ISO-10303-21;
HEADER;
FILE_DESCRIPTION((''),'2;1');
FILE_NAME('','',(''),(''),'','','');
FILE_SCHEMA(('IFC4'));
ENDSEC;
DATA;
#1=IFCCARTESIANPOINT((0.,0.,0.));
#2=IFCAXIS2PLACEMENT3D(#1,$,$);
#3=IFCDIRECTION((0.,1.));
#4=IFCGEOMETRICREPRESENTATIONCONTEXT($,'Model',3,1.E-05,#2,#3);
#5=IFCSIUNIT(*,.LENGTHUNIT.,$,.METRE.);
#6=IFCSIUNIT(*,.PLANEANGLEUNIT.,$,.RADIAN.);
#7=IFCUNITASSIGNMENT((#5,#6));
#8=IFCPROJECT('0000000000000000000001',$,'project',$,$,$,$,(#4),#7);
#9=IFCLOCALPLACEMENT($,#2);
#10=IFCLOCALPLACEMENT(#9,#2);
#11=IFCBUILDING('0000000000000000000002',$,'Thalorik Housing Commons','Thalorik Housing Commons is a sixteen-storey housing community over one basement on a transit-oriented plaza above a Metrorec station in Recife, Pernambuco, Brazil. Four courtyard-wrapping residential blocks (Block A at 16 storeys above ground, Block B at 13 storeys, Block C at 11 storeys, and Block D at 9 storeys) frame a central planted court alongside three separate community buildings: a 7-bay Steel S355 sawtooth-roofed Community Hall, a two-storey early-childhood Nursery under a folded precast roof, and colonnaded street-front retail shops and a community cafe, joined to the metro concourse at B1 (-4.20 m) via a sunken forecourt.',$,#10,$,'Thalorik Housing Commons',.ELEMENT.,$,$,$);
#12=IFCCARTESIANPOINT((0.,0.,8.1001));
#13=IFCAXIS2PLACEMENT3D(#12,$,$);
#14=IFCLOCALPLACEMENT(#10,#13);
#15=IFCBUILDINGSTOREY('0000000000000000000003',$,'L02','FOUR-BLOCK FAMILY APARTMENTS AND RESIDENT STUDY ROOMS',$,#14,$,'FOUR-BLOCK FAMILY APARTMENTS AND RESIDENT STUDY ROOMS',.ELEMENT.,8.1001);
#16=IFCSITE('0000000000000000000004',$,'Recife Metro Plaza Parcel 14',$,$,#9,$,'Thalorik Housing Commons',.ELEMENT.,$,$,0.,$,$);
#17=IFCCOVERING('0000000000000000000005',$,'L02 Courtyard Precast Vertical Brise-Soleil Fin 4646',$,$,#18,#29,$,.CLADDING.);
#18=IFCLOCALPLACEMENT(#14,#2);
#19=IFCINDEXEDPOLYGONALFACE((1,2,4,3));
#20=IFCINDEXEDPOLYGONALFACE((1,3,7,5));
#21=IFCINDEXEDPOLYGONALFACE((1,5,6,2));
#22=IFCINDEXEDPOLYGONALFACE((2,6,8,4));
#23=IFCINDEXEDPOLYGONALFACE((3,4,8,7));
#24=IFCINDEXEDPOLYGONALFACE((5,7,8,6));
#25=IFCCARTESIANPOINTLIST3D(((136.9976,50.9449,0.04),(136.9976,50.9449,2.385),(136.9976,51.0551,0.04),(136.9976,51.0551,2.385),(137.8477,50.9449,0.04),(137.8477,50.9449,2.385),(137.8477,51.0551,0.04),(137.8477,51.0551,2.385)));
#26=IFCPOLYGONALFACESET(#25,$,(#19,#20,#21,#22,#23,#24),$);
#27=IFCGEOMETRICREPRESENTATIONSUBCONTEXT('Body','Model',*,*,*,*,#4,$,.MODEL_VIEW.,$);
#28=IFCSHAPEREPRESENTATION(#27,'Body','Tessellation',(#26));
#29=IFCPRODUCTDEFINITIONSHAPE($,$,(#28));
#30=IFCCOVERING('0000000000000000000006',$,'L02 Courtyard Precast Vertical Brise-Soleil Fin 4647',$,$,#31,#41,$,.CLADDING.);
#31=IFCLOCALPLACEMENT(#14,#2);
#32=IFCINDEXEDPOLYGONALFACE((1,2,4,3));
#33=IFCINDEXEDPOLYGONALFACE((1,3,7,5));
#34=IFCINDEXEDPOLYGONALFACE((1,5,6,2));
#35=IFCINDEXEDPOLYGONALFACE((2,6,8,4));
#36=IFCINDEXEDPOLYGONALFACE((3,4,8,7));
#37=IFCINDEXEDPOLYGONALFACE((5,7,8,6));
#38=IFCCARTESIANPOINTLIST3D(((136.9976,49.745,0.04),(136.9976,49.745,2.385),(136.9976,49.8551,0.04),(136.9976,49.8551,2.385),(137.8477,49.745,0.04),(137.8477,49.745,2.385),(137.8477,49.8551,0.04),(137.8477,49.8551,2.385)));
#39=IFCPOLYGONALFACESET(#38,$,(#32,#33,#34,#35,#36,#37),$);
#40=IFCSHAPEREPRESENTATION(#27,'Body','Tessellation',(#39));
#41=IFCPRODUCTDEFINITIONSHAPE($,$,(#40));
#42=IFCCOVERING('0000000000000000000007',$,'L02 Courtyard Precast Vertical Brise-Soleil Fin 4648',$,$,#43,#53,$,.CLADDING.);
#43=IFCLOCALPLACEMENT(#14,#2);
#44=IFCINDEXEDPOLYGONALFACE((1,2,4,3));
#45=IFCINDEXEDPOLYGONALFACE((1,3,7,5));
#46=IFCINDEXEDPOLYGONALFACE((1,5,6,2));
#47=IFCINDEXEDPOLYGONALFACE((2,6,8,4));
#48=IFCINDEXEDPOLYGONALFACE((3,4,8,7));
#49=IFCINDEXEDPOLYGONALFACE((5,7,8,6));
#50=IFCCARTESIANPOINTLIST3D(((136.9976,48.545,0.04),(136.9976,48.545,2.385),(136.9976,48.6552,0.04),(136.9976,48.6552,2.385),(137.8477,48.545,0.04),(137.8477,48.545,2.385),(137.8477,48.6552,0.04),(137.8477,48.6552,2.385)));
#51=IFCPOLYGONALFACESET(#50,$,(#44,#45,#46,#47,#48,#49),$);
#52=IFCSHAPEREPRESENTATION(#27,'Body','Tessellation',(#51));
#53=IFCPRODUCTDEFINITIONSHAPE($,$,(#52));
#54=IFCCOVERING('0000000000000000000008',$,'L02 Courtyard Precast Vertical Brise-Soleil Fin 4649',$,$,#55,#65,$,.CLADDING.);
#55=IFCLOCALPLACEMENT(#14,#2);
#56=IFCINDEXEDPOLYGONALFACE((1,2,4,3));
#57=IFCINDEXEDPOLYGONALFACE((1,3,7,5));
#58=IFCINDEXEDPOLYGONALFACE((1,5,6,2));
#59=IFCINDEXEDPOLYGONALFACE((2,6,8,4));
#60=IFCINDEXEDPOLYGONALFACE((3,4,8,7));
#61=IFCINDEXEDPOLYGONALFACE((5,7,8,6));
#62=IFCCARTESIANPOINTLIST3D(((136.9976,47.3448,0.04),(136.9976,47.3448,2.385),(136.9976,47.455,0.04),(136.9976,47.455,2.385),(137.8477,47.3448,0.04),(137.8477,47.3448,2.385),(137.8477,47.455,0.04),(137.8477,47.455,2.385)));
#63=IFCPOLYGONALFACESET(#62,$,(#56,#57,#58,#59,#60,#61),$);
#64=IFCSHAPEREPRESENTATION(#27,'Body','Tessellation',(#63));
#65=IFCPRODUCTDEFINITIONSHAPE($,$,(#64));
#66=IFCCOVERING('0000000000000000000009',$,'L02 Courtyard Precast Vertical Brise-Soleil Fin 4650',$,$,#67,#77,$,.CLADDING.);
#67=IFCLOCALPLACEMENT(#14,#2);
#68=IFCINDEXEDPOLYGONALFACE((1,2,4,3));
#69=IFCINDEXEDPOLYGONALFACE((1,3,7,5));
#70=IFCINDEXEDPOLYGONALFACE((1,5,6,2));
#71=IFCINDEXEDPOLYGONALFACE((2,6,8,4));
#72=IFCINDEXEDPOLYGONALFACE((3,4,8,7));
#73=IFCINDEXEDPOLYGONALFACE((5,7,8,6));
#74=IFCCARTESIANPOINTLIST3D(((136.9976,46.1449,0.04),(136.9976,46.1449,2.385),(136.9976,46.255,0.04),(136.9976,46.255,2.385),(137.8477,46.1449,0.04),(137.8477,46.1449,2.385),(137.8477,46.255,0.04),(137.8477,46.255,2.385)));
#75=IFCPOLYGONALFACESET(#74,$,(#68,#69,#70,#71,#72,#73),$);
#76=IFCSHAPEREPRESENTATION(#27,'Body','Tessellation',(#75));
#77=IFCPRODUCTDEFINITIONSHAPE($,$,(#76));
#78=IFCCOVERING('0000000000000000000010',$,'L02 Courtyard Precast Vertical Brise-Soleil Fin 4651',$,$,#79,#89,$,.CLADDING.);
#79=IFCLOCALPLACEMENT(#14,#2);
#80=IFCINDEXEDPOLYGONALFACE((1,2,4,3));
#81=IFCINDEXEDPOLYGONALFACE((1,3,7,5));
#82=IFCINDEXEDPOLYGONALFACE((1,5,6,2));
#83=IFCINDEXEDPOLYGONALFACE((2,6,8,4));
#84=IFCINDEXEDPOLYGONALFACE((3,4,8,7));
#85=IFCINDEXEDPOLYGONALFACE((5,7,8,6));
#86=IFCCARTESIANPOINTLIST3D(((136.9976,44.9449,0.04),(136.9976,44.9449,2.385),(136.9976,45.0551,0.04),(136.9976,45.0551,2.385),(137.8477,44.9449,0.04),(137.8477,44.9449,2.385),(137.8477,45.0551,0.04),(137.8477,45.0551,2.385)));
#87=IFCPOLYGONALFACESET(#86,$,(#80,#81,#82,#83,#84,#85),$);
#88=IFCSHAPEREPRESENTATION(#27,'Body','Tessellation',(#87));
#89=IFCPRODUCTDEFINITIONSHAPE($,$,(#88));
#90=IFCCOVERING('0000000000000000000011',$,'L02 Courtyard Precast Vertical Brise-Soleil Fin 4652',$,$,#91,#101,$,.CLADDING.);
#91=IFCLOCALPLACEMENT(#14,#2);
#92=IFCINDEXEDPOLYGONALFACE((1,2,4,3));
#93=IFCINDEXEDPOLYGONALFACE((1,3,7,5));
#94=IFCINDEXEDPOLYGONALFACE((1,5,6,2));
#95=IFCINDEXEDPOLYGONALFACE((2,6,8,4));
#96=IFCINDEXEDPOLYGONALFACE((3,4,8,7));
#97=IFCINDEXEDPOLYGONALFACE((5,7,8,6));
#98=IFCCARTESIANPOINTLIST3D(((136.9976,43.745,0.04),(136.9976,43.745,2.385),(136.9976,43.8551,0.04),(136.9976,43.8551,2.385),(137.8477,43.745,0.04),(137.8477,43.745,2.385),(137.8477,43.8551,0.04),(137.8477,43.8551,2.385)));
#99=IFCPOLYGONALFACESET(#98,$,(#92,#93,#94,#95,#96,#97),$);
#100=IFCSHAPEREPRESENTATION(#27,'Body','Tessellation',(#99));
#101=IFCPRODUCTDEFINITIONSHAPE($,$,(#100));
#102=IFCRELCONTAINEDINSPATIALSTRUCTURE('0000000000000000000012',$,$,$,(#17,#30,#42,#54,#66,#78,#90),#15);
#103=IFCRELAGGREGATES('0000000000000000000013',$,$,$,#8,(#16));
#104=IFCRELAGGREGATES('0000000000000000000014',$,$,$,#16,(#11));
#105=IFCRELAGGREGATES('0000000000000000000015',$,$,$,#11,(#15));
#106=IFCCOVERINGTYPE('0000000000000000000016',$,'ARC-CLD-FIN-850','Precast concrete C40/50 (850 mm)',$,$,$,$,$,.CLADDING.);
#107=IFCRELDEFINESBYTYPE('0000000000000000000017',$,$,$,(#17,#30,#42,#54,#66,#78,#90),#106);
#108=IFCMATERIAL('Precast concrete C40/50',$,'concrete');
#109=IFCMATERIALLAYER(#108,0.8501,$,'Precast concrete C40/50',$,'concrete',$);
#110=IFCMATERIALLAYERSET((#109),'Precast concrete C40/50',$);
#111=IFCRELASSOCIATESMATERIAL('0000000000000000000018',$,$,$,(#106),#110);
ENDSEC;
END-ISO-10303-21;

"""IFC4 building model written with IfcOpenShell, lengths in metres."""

from ifc_helpers import new_model, si_unit, direction, frame, origin, origin_2d, place, context, subcontext, project, spatial, rectangle, extrude, material, layer, layer_set, type_object, element, save


model = new_model("IFC4")

# Units and contexts
model_context = context("Model", 3, precision=1e-05, world=origin(), true_north=direction((0.0, 1.0)))
body_context = subcontext(model_context, "Body", "Model", "MODEL_VIEW")
ifc_project = project(units=[si_unit("LENGTHUNIT", "METRE"), si_unit("PLANEANGLEUNIT", "RADIAN")], contexts=[model_context])

# Site, building, storey
site_placement = place(None, origin())
site = spatial("IfcSite", under=ifc_project, at=site_placement, Name="Recife Metro Plaza Parcel 14", LongName="Thalorik Housing Commons", CompositionType="ELEMENT", RefElevation=0.0)
building_placement = place(site_placement, origin())
building = spatial("IfcBuilding", under=site, at=building_placement, Name="Thalorik Housing Commons", Description="Thalorik Housing Commons is a sixteen-storey housing community over one basement on a transit-oriented plaza above a Metrorec station in Recife, Pernambuco, Brazil. Four courtyard-wrapping residential blocks (Block A at 16 storeys above ground, Block B at 13 storeys, Block C at 11 storeys, and Block D at 9 storeys) frame a central planted court alongside three separate community buildings: a 7-bay Steel S355 sawtooth-roofed Community Hall, a two-storey early-childhood Nursery under a folded precast roof, and colonnaded street-front retail shops and a community cafe, joined to the metro concourse at B1 (-4.20 m) via a sunken forecourt.", LongName="Thalorik Housing Commons", CompositionType="ELEMENT")
storey_placement = place(building_placement, frame((0.0, 0.0, 8.1001)))
storey = spatial("IfcBuildingStorey", under=building, at=storey_placement, Name="L02", Description="FOUR-BLOCK FAMILY APARTMENTS AND RESIDENT STUDY ROOMS", LongName="FOUR-BLOCK FAMILY APARTMENTS AND RESIDENT STUDY ROOMS", CompositionType="ELEMENT", Elevation=8.1001)

# Shared definitions
ifc_material_1 = material(Name="Precast concrete C40/50", Category="concrete")

# Coverings
ifc_layer_1 = layer(ifc_material_1, 0.8501, Name="Precast concrete C40/50", Category="concrete")
ifc_layer_set_1 = layer_set([ifc_layer_1], Name="Precast concrete C40/50")
covering_type = type_object("IfcCoveringType", Name="ARC-CLD-FIN-850", Description="Precast concrete C40/50 (850 mm)", PredefinedType="CLADDING", material=ifc_layer_set_1)
for number, where, z_axis, x_axis, name in (
    (1, (137.4226, 51.0, 0.04), (0.0, 0.0, 1.0), (0.0, -1.0, 0.0), "L02 Courtyard Precast Vertical Brise-Soleil Fin 4646"),
    (2, (137.4226, 49.8, 0.04), (0.0, 0.0, 1.0), (0.0, -1.0, 0.0), "L02 Courtyard Precast Vertical Brise-Soleil Fin 4647"),
    (3, (137.4226, 48.6001, 0.04), (0.0, 0.0, 1.0), (0.0, -1.0, 0.0), "L02 Courtyard Precast Vertical Brise-Soleil Fin 4648"),
    (4, (137.4226, 47.3999, 0.04), (0.0, 0.0, 1.0), (0.0, -1.0, 0.0), "L02 Courtyard Precast Vertical Brise-Soleil Fin 4649"),
    (5, (137.4226, 46.2, 0.04), (0.0, 0.0, 1.0), (0.0, -1.0, 0.0), "L02 Courtyard Precast Vertical Brise-Soleil Fin 4650"),
    (6, (137.4226, 45.0, 0.04), (0.0, 0.0, 1.0), (0.0, -1.0, 0.0), "L02 Courtyard Precast Vertical Brise-Soleil Fin 4651"),
    (7, (137.4226, 43.8, 0.04), (0.0, 0.0, 1.0), (0.0, -1.0, 0.0), "L02 Courtyard Precast Vertical Brise-Soleil Fin 4652"),
):
    element("IfcCovering", number, at=place(storey_placement, frame(where, z_axis=z_axis, x_axis=x_axis)), inside=storey, type_object=covering_type, Name=name, PredefinedType="CLADDING", context=body_context, shape_type="SweptSolid", body=[
        extrude(rectangle(XDim=0.1101, YDim=0.8501, at=origin_2d()), origin(), (0.0, 0.0, 1.0), 2.345),
    ])

save(model, "model.ifc")
